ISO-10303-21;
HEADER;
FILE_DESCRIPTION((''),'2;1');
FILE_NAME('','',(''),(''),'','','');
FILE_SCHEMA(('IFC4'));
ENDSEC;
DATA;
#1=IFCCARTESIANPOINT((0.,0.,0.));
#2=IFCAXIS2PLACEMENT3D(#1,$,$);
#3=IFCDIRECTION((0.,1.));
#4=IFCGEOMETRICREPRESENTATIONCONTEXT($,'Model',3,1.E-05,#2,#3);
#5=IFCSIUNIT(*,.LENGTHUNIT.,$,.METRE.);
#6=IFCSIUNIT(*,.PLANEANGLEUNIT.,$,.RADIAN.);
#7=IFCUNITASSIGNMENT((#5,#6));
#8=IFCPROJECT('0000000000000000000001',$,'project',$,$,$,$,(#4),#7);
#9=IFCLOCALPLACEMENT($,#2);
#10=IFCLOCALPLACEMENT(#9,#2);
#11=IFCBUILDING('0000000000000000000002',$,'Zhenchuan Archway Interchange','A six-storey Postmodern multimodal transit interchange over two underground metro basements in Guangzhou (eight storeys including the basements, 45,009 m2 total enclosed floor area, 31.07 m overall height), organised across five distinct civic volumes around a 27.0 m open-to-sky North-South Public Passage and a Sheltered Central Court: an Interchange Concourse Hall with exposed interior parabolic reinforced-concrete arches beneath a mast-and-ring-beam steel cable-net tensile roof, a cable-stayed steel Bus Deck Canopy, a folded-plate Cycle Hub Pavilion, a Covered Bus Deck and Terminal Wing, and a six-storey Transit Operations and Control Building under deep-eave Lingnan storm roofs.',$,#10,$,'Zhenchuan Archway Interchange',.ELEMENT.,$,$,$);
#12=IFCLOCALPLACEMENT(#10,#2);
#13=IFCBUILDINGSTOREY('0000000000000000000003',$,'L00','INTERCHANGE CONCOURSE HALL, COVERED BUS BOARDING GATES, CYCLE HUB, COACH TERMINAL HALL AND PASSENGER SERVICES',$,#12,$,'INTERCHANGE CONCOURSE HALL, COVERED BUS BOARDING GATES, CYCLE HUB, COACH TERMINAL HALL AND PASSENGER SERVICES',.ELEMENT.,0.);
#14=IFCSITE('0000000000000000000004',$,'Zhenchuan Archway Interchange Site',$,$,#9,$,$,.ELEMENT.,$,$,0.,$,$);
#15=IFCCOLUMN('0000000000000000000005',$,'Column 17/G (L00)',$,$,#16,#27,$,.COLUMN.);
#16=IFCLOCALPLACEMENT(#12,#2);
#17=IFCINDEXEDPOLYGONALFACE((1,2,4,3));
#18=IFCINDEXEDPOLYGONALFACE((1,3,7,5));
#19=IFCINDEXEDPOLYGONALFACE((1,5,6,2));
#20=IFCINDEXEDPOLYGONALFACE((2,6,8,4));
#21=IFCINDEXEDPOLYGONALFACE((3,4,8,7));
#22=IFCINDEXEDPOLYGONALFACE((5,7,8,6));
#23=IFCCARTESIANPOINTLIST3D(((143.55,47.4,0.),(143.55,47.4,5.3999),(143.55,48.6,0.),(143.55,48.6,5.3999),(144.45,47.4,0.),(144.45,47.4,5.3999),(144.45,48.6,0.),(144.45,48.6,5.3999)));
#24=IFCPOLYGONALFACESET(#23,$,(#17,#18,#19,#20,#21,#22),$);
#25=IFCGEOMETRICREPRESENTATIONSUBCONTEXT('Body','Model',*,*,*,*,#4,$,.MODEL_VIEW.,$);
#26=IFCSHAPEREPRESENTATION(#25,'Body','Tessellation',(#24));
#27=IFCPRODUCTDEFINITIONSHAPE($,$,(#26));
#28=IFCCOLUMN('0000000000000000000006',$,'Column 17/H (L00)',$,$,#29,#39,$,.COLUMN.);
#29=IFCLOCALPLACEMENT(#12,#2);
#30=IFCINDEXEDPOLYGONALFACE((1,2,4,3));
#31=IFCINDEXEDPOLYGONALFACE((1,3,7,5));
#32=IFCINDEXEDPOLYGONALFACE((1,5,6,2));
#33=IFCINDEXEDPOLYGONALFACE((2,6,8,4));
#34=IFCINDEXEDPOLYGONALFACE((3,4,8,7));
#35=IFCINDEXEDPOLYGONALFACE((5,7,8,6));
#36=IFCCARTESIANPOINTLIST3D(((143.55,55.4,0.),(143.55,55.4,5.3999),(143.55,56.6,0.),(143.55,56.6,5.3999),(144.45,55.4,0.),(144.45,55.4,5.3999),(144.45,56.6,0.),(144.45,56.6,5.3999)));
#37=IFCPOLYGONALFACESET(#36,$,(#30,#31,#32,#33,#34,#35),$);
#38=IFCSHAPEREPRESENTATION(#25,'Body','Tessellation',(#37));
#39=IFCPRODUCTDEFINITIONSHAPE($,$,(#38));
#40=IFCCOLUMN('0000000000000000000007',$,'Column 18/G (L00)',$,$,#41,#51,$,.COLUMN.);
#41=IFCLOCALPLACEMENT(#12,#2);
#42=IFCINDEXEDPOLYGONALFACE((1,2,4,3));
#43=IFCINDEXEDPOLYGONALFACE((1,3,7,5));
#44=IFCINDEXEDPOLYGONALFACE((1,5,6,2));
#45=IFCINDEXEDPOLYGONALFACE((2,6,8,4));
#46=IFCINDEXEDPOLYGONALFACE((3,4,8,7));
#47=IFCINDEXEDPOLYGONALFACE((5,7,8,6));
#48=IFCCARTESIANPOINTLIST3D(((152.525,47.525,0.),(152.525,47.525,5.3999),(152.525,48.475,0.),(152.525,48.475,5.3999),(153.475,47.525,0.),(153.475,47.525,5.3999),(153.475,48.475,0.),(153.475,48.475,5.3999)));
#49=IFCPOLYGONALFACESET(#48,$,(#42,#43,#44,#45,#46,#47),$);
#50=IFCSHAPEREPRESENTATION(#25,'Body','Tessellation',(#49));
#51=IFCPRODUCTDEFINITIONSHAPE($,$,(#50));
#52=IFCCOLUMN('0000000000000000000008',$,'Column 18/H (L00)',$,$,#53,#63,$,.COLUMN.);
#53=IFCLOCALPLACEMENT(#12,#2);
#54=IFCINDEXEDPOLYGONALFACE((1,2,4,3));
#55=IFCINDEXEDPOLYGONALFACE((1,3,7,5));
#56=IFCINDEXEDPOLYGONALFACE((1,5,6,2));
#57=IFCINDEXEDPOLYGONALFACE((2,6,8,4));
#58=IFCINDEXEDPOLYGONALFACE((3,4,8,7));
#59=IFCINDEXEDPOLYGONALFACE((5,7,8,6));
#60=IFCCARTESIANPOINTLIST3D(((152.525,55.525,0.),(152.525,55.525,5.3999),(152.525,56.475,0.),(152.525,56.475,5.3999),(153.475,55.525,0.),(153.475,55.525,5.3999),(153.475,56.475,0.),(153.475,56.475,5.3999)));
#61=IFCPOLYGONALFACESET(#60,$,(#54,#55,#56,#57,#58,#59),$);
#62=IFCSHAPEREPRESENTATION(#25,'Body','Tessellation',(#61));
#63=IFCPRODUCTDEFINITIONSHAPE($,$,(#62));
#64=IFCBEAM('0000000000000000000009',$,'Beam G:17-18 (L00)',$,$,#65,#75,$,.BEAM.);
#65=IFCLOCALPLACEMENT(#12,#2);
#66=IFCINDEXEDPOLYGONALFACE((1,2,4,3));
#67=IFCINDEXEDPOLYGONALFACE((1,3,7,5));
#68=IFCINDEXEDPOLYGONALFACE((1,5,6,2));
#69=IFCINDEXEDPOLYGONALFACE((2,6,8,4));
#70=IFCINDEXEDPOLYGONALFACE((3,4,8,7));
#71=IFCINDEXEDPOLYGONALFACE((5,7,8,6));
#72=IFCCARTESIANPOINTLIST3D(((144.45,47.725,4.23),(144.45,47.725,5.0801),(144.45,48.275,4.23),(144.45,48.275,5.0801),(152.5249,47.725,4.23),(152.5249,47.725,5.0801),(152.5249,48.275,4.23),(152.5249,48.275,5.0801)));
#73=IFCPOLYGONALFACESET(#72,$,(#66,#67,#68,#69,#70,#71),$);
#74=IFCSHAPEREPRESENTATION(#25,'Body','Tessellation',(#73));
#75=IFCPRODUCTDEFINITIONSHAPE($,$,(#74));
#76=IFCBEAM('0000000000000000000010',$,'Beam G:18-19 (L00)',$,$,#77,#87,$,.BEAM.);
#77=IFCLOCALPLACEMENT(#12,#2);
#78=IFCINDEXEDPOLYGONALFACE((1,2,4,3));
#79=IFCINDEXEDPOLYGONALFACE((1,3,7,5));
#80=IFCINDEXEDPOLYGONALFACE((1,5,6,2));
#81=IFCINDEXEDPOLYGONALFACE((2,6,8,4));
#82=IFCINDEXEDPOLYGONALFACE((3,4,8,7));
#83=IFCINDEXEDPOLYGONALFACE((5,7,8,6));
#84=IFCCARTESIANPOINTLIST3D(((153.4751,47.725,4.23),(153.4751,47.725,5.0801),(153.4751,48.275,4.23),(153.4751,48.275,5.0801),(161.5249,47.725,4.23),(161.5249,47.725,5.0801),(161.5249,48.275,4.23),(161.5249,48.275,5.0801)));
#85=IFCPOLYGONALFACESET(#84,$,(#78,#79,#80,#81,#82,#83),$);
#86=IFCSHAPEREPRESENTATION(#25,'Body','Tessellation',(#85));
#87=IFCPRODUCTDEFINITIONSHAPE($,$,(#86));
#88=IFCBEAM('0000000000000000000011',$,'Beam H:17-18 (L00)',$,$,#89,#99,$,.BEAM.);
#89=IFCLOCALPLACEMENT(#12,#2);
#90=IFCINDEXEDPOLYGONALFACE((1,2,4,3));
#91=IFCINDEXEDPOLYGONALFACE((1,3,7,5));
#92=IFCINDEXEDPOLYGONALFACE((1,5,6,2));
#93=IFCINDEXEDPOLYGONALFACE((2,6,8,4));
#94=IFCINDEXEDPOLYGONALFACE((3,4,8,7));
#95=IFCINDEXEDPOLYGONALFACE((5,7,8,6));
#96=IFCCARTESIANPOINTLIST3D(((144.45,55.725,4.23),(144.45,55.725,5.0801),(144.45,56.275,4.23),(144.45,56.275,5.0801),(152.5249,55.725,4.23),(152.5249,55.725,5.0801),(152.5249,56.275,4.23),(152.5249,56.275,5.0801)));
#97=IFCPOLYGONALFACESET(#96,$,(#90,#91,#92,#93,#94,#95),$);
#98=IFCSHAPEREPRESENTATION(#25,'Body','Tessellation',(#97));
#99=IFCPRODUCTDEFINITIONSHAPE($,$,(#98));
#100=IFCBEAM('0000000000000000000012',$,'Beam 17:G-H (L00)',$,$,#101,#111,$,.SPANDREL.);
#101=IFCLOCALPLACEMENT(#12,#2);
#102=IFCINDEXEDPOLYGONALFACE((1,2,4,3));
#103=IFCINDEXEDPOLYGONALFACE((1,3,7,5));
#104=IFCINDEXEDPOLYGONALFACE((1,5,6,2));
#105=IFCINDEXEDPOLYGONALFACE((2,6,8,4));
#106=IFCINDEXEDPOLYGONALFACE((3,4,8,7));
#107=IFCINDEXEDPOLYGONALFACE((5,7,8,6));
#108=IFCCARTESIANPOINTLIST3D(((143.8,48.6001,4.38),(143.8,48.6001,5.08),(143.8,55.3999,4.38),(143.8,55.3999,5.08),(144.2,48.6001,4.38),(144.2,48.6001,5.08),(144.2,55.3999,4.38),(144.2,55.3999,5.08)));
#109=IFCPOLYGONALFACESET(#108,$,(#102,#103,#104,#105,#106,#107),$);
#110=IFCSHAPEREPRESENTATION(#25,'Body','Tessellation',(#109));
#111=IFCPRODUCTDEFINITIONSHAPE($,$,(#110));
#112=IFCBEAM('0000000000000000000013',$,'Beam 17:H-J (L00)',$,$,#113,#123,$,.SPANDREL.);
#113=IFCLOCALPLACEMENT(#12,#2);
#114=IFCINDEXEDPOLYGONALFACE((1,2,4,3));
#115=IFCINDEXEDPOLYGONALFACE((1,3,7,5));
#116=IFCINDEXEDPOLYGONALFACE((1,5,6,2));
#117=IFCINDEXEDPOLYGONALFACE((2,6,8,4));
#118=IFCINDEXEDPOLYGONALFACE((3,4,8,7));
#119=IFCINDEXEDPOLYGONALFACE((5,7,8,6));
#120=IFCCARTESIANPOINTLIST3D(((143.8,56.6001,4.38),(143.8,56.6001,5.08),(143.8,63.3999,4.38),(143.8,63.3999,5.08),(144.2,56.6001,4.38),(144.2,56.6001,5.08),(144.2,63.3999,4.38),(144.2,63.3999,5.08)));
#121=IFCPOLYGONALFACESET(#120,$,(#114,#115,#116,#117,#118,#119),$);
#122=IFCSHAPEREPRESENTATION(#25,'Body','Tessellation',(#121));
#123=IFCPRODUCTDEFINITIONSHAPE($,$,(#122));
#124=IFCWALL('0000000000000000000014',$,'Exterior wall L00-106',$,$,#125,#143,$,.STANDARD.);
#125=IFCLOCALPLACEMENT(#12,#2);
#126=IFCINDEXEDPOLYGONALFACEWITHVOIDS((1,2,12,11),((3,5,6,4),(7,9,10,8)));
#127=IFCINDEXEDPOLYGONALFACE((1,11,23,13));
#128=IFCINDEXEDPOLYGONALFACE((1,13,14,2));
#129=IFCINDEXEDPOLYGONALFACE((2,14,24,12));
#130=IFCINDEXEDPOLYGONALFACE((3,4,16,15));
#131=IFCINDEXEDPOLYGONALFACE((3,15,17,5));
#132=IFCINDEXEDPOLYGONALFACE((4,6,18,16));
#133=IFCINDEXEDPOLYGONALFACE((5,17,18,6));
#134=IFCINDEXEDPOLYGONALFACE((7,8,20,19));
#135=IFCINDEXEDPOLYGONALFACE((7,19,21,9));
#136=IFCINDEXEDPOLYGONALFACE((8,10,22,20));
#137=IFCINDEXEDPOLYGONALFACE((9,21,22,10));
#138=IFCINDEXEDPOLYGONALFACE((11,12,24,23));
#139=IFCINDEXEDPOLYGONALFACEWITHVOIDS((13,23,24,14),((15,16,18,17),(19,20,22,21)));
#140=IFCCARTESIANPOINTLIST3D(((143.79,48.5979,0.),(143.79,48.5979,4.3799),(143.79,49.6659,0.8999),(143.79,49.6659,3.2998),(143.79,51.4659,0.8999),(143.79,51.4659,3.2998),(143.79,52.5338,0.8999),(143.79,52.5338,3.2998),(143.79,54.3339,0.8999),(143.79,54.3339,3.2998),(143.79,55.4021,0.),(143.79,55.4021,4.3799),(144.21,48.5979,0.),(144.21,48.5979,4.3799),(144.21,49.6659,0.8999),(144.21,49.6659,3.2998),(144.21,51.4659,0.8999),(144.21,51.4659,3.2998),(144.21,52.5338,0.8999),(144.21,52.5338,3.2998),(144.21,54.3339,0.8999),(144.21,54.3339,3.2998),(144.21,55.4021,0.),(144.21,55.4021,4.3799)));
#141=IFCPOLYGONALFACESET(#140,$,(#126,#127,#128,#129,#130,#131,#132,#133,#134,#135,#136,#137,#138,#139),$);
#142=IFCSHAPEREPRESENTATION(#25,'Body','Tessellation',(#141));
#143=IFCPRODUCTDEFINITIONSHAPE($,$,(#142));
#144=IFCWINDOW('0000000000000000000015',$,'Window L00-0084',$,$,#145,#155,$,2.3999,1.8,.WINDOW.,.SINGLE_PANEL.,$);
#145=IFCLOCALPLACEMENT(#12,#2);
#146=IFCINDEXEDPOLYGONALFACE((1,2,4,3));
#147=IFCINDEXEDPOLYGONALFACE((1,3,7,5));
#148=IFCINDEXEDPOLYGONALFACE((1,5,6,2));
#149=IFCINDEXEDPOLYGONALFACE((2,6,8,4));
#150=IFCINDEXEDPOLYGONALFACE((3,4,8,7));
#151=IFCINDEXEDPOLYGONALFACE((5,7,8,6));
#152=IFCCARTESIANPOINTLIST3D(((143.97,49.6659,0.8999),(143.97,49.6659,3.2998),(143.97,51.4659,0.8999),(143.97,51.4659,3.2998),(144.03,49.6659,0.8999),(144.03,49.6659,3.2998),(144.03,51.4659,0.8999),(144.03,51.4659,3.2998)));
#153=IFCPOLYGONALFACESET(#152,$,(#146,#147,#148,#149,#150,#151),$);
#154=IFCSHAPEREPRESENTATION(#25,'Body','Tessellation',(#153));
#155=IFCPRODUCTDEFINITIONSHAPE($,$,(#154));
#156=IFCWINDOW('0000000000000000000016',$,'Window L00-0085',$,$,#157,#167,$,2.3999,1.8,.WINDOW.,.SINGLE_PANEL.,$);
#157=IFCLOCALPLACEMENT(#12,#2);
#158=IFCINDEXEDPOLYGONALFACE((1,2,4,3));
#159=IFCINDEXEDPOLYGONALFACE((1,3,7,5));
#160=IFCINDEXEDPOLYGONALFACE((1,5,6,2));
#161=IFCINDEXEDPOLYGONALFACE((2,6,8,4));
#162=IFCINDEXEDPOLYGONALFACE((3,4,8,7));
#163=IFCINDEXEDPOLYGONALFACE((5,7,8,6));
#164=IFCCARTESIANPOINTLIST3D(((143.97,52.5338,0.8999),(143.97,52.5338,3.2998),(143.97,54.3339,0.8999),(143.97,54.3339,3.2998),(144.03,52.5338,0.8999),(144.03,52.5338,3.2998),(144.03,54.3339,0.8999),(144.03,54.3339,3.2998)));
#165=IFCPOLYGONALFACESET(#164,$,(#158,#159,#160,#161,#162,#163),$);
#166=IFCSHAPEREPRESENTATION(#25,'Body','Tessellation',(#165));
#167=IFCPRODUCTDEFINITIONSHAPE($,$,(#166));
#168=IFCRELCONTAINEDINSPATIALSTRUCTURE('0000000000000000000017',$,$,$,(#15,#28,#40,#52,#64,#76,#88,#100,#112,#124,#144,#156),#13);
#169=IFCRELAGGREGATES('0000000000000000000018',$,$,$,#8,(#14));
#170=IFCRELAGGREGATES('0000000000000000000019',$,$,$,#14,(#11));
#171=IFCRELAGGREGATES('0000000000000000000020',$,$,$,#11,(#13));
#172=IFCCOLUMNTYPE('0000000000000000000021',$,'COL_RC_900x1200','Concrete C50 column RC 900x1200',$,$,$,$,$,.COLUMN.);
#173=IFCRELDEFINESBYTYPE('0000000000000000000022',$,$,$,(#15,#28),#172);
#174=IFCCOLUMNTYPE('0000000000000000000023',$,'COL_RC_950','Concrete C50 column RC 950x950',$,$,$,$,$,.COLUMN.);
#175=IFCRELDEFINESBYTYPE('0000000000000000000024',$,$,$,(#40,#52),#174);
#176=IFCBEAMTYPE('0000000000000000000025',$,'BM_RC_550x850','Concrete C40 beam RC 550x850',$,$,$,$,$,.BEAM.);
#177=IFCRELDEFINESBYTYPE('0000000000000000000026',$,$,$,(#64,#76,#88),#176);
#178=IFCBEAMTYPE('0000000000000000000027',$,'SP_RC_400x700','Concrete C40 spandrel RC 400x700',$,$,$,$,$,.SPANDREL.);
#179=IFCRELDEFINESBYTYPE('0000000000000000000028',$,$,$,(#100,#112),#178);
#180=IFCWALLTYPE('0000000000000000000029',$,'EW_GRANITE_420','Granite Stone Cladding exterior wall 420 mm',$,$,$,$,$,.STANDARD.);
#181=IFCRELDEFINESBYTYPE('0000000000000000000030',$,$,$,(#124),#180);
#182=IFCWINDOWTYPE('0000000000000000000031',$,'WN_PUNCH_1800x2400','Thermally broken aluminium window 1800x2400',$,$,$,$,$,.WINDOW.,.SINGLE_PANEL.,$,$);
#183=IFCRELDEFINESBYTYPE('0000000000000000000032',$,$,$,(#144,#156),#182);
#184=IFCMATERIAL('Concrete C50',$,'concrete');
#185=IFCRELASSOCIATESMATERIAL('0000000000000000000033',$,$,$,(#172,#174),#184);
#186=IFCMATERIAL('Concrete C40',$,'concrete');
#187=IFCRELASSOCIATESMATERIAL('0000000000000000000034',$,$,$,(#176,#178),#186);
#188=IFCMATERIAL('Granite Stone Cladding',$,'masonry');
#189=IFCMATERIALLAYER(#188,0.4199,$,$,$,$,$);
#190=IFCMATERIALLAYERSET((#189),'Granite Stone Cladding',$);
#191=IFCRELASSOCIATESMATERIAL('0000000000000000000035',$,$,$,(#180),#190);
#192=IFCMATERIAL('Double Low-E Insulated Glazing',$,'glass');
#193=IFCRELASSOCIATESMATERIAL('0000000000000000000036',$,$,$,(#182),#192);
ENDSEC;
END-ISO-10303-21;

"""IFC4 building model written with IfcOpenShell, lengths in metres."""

from ifc_helpers import new_model, si_unit, direction, frame, frame_2d, origin, origin_2d, place, context, subcontext, project, spatial, rectangle, extrude, material, layer, layer_set, material_profile, profile_set, type_object, element, fill, save


model = new_model("IFC4")

# Units and contexts
model_context = context("Model", 3, precision=1e-05, world=origin(), true_north=direction((0.0, 1.0)))
body_context = subcontext(model_context, "Body", "Model", "MODEL_VIEW")
ifc_project = project(units=[si_unit("LENGTHUNIT", "METRE"), si_unit("PLANEANGLEUNIT", "RADIAN")], contexts=[model_context])

# Site, building, storey
site_placement = place(None, origin())
site = spatial("IfcSite", under=ifc_project, at=site_placement, Name="Zhenchuan Archway Interchange Site", CompositionType="ELEMENT", RefElevation=0.0)
building_placement = place(site_placement, origin())
building = spatial("IfcBuilding", under=site, at=building_placement, Name="Zhenchuan Archway Interchange", Description="A six-storey Postmodern multimodal transit interchange over two underground metro basements in Guangzhou (eight storeys including the basements, 45,009 m2 total enclosed floor area, 31.07 m overall height), organised across five distinct civic volumes around a 27.0 m open-to-sky North-South Public Passage and a Sheltered Central Court: an Interchange Concourse Hall with exposed interior parabolic reinforced-concrete arches beneath a mast-and-ring-beam steel cable-net tensile roof, a cable-stayed steel Bus Deck Canopy, a folded-plate Cycle Hub Pavilion, a Covered Bus Deck and Terminal Wing, and a six-storey Transit Operations and Control Building under deep-eave Lingnan storm roofs.", LongName="Zhenchuan Archway Interchange", CompositionType="ELEMENT")
storey_placement = place(building_placement, origin())
storey = spatial("IfcBuildingStorey", under=building, at=storey_placement, Name="L00", Description="INTERCHANGE CONCOURSE HALL, COVERED BUS BOARDING GATES, CYCLE HUB, COACH TERMINAL HALL AND PASSENGER SERVICES", LongName="INTERCHANGE CONCOURSE HALL, COVERED BUS BOARDING GATES, CYCLE HUB, COACH TERMINAL HALL AND PASSENGER SERVICES", CompositionType="ELEMENT", Elevation=0.0)

# Columns
ifc_material_1 = material(Name="Concrete C50", Category="concrete")
ifc_material_profile_1 = material_profile(ifc_material_1, rectangle(XDim=0.8999, YDim=1.2, at=origin_2d()), Name="RC 900x1200")
ifc_profile_set_1 = profile_set([ifc_material_profile_1], Name="Concrete C50")
column_type_1 = type_object("IfcColumnType", Name="COL_RC_900x1200", Description="Concrete C50 column RC 900x1200", PredefinedType="COLUMN", material=ifc_profile_set_1)
for number, where, z_axis, x_axis, name in (
    (1, (144.0, 48.0, 0.0), (0.0, 0.0, 1.0), (1.0, 0.0, 0.0), "Column 17/G (L00)"),
    (2, (144.0, 56.0, 0.0), (0.0, 0.0, 1.0), (1.0, 0.0, 0.0), "Column 17/H (L00)"),
):
    element("IfcColumn", number, at=place(storey_placement, frame(where, z_axis=z_axis, x_axis=x_axis)), inside=storey, type_object=column_type_1, Name=name, PredefinedType="COLUMN", context=body_context, shape_type="SweptSolid", body=[
        extrude(rectangle(XDim=0.8999, YDim=1.2, at=origin_2d()), origin(), (0.0, 0.0, 1.0), 5.3999),
    ])
ifc_material_profile_2 = material_profile(ifc_material_1, rectangle(XDim=0.95, YDim=0.95, at=origin_2d()), Name="RC 950x950")
ifc_profile_set_2 = profile_set([ifc_material_profile_2], Name="Concrete C50")
column_type_2 = type_object("IfcColumnType", Name="COL_RC_950", Description="Concrete C50 column RC 950x950", PredefinedType="COLUMN", material=ifc_profile_set_2)
for number, where, z_axis, x_axis, name in (
    (3, (153.0, 48.0, 0.0), (0.0, 0.0, 1.0), (1.0, 0.0, 0.0), "Column 18/G (L00)"),
    (4, (153.0, 56.0, 0.0), (0.0, 0.0, 1.0), (1.0, 0.0, 0.0), "Column 18/H (L00)"),
):
    element("IfcColumn", number, at=place(storey_placement, frame(where, z_axis=z_axis, x_axis=x_axis)), inside=storey, type_object=column_type_2, Name=name, PredefinedType="COLUMN", context=body_context, shape_type="SweptSolid", body=[
        extrude(rectangle(XDim=0.95, YDim=0.95, at=origin_2d()), origin(), (0.0, 0.0, 1.0), 5.3999),
    ])

# Beams
ifc_material_2 = material(Name="Concrete C40", Category="concrete")
ifc_material_profile_3 = material_profile(ifc_material_2, rectangle(XDim=0.55, YDim=0.8501, at=origin_2d()), Name="RC 550x850")
ifc_profile_set_3 = profile_set([ifc_material_profile_3], Name="Concrete C40")
beam_type_1 = type_object("IfcBeamType", Name="BM_RC_550x850", Description="Concrete C40 beam RC 550x850", PredefinedType="BEAM", material=ifc_profile_set_3)
beam_1_placement = place(storey_placement, frame((144.45, 48.0, 4.655), z_axis=(1.0, 0.0, 0.0), x_axis=(0.0, 1.0, 0.0)))
element("IfcBeam", 5, at=beam_1_placement, inside=storey, type_object=beam_type_1, Name="Beam G:17-18 (L00)", PredefinedType="BEAM", context=body_context, shape_type="SweptSolid", body=[
    extrude(rectangle(XDim=0.55, YDim=0.8501, at=origin_2d()), origin(), (0.0, 0.0, 1.0), 8.075),
])
beam_2_placement = place(storey_placement, frame((153.4751, 48.0, 4.655), z_axis=(1.0, 0.0, 0.0), x_axis=(0.0, 1.0, 0.0)))
element("IfcBeam", 6, at=beam_2_placement, inside=storey, type_object=beam_type_1, Name="Beam G:18-19 (L00)", PredefinedType="BEAM", context=body_context, shape_type="SweptSolid", body=[
    extrude(rectangle(XDim=0.55, YDim=0.8501, at=origin_2d()), origin(), (0.0, 0.0, 1.0), 8.0498),
])
beam_3_placement = place(storey_placement, frame((144.45, 56.0, 4.655), z_axis=(1.0, 0.0, 0.0), x_axis=(0.0, 1.0, 0.0)))
element("IfcBeam", 7, at=beam_3_placement, inside=storey, type_object=beam_type_1, Name="Beam H:17-18 (L00)", PredefinedType="BEAM", context=body_context, shape_type="SweptSolid", body=[
    extrude(rectangle(XDim=0.55, YDim=0.8501, at=origin_2d()), origin(), (0.0, 0.0, 1.0), 8.075),
])
ifc_material_profile_4 = material_profile(ifc_material_2, rectangle(XDim=0.3999, YDim=0.7, at=origin_2d()), Name="RC 400x700")
ifc_profile_set_4 = profile_set([ifc_material_profile_4], Name="Concrete C40")
beam_type_2 = type_object("IfcBeamType", Name="SP_RC_400x700", Description="Concrete C40 spandrel RC 400x700", PredefinedType="SPANDREL", material=ifc_profile_set_4)
for number, where, z_axis, x_axis, name in (
    (8, (144.0, 48.6001, 4.73), (0.0, 1.0, 0.0), (-1.0, 0.0, 0.0), "Beam 17:G-H (L00)"),
    (9, (144.0, 56.6001, 4.73), (0.0, 1.0, 0.0), (-1.0, 0.0, 0.0), "Beam 17:H-J (L00)"),
):
    element("IfcBeam", number, at=place(storey_placement, frame(where, z_axis=z_axis, x_axis=x_axis)), inside=storey, type_object=beam_type_2, Name=name, PredefinedType="SPANDREL", context=body_context, shape_type="SweptSolid", body=[
        extrude(rectangle(XDim=0.3999, YDim=0.7, at=origin_2d()), origin(), (0.0, 0.0, 1.0), 6.7998),
    ])

# Wall, openings, windows
ifc_material_3 = material(Name="Granite Stone Cladding", Category="masonry")
ifc_layer_1 = layer(ifc_material_3, 0.4199)
ifc_layer_set_1 = layer_set([ifc_layer_1], Name="Granite Stone Cladding")
wall_type_1 = type_object("IfcWallType", Name="EW_GRANITE_420", Description="Granite Stone Cladding exterior wall 420 mm", PredefinedType="STANDARD", material=ifc_layer_set_1)
wall_1_placement = place(storey_placement, frame((144.0, 48.5979, 0.0), z_axis=(0.0, 0.0, 1.0), x_axis=(0.0, 1.0, 0.0)))
wall_1 = element("IfcWall", 10, at=wall_1_placement, inside=storey, type_object=wall_type_1, Name="Exterior wall L00-106", PredefinedType="STANDARD", context=body_context, shape_type="SweptSolid", body=[
    extrude(rectangle(XDim=6.8042, YDim=0.4199, at=frame_2d((3.4021, 0.0))), origin(), (0.0, 0.0, 1.0), 4.3799),
])
opening_1_placement = place(wall_1_placement, frame((1.0681, 0.0, 0.8999)))
opening_1 = element("IfcOpeningElement", 11, at=opening_1_placement, cuts=wall_1, PredefinedType="OPENING", context=body_context, shape_type="SweptSolid", body=[
    extrude(rectangle(XDim=1.8, YDim=2.3999, at=frame_2d((0.8999, 1.2))), frame((0.0, 0.2219, 0.0), z_axis=(0.0, -1.0, 0.0), x_axis=(1.0, 0.0, 0.0)), (0.0, 0.0, 1.0), 0.4438),
])
opening_2_placement = place(wall_1_placement, frame((3.936, 0.0, 0.8999)))
opening_2 = element("IfcOpeningElement", 12, at=opening_2_placement, cuts=wall_1, PredefinedType="OPENING", context=body_context, shape_type="SweptSolid", body=[
    extrude(rectangle(XDim=1.8, YDim=2.3999, at=frame_2d((0.8999, 1.2))), frame((0.0, 0.2219, 0.0), z_axis=(0.0, -1.0, 0.0), x_axis=(1.0, 0.0, 0.0)), (0.0, 0.0, 1.0), 0.4438),
])
ifc_material_4 = material(Name="Double Low-E Insulated Glazing", Category="glass")
window_type_1 = type_object("IfcWindowType", Name="WN_PUNCH_1800x2400", Description="Thermally broken aluminium window 1800x2400", PartitioningType="SINGLE_PANEL", PredefinedType="WINDOW", material=ifc_material_4)
window_1_placement = place(opening_1_placement, origin())
window_1 = element("IfcWindow", 13, at=window_1_placement, inside=storey, type_object=window_type_1, Name="Window L00-0084", OverallHeight=2.3999, OverallWidth=1.8, PartitioningType="SINGLE_PANEL", PredefinedType="WINDOW", context=body_context, shape_type="SweptSolid", body=[
    extrude(rectangle(XDim=1.8, YDim=2.3999, at=frame_2d((0.8999, 1.2))), frame((0.0, 0.03, 0.0), z_axis=(0.0, -1.0, 0.0), x_axis=(1.0, 0.0, 0.0)), (0.0, 0.0, 1.0), 0.0601),
])
fill(opening_1, window_1)
window_2_placement = place(opening_2_placement, origin())
window_2 = element("IfcWindow", 14, at=window_2_placement, inside=storey, type_object=window_type_1, Name="Window L00-0085", OverallHeight=2.3999, OverallWidth=1.8, PartitioningType="SINGLE_PANEL", PredefinedType="WINDOW", context=body_context, shape_type="SweptSolid", body=[
    extrude(rectangle(XDim=1.8, YDim=2.3999, at=frame_2d((0.8999, 1.2))), frame((0.0, 0.03, 0.0), z_axis=(0.0, -1.0, 0.0), x_axis=(1.0, 0.0, 0.0)), (0.0, 0.0, 1.0), 0.0601),
])
fill(opening_2, window_2)

save(model, "model.ifc")
